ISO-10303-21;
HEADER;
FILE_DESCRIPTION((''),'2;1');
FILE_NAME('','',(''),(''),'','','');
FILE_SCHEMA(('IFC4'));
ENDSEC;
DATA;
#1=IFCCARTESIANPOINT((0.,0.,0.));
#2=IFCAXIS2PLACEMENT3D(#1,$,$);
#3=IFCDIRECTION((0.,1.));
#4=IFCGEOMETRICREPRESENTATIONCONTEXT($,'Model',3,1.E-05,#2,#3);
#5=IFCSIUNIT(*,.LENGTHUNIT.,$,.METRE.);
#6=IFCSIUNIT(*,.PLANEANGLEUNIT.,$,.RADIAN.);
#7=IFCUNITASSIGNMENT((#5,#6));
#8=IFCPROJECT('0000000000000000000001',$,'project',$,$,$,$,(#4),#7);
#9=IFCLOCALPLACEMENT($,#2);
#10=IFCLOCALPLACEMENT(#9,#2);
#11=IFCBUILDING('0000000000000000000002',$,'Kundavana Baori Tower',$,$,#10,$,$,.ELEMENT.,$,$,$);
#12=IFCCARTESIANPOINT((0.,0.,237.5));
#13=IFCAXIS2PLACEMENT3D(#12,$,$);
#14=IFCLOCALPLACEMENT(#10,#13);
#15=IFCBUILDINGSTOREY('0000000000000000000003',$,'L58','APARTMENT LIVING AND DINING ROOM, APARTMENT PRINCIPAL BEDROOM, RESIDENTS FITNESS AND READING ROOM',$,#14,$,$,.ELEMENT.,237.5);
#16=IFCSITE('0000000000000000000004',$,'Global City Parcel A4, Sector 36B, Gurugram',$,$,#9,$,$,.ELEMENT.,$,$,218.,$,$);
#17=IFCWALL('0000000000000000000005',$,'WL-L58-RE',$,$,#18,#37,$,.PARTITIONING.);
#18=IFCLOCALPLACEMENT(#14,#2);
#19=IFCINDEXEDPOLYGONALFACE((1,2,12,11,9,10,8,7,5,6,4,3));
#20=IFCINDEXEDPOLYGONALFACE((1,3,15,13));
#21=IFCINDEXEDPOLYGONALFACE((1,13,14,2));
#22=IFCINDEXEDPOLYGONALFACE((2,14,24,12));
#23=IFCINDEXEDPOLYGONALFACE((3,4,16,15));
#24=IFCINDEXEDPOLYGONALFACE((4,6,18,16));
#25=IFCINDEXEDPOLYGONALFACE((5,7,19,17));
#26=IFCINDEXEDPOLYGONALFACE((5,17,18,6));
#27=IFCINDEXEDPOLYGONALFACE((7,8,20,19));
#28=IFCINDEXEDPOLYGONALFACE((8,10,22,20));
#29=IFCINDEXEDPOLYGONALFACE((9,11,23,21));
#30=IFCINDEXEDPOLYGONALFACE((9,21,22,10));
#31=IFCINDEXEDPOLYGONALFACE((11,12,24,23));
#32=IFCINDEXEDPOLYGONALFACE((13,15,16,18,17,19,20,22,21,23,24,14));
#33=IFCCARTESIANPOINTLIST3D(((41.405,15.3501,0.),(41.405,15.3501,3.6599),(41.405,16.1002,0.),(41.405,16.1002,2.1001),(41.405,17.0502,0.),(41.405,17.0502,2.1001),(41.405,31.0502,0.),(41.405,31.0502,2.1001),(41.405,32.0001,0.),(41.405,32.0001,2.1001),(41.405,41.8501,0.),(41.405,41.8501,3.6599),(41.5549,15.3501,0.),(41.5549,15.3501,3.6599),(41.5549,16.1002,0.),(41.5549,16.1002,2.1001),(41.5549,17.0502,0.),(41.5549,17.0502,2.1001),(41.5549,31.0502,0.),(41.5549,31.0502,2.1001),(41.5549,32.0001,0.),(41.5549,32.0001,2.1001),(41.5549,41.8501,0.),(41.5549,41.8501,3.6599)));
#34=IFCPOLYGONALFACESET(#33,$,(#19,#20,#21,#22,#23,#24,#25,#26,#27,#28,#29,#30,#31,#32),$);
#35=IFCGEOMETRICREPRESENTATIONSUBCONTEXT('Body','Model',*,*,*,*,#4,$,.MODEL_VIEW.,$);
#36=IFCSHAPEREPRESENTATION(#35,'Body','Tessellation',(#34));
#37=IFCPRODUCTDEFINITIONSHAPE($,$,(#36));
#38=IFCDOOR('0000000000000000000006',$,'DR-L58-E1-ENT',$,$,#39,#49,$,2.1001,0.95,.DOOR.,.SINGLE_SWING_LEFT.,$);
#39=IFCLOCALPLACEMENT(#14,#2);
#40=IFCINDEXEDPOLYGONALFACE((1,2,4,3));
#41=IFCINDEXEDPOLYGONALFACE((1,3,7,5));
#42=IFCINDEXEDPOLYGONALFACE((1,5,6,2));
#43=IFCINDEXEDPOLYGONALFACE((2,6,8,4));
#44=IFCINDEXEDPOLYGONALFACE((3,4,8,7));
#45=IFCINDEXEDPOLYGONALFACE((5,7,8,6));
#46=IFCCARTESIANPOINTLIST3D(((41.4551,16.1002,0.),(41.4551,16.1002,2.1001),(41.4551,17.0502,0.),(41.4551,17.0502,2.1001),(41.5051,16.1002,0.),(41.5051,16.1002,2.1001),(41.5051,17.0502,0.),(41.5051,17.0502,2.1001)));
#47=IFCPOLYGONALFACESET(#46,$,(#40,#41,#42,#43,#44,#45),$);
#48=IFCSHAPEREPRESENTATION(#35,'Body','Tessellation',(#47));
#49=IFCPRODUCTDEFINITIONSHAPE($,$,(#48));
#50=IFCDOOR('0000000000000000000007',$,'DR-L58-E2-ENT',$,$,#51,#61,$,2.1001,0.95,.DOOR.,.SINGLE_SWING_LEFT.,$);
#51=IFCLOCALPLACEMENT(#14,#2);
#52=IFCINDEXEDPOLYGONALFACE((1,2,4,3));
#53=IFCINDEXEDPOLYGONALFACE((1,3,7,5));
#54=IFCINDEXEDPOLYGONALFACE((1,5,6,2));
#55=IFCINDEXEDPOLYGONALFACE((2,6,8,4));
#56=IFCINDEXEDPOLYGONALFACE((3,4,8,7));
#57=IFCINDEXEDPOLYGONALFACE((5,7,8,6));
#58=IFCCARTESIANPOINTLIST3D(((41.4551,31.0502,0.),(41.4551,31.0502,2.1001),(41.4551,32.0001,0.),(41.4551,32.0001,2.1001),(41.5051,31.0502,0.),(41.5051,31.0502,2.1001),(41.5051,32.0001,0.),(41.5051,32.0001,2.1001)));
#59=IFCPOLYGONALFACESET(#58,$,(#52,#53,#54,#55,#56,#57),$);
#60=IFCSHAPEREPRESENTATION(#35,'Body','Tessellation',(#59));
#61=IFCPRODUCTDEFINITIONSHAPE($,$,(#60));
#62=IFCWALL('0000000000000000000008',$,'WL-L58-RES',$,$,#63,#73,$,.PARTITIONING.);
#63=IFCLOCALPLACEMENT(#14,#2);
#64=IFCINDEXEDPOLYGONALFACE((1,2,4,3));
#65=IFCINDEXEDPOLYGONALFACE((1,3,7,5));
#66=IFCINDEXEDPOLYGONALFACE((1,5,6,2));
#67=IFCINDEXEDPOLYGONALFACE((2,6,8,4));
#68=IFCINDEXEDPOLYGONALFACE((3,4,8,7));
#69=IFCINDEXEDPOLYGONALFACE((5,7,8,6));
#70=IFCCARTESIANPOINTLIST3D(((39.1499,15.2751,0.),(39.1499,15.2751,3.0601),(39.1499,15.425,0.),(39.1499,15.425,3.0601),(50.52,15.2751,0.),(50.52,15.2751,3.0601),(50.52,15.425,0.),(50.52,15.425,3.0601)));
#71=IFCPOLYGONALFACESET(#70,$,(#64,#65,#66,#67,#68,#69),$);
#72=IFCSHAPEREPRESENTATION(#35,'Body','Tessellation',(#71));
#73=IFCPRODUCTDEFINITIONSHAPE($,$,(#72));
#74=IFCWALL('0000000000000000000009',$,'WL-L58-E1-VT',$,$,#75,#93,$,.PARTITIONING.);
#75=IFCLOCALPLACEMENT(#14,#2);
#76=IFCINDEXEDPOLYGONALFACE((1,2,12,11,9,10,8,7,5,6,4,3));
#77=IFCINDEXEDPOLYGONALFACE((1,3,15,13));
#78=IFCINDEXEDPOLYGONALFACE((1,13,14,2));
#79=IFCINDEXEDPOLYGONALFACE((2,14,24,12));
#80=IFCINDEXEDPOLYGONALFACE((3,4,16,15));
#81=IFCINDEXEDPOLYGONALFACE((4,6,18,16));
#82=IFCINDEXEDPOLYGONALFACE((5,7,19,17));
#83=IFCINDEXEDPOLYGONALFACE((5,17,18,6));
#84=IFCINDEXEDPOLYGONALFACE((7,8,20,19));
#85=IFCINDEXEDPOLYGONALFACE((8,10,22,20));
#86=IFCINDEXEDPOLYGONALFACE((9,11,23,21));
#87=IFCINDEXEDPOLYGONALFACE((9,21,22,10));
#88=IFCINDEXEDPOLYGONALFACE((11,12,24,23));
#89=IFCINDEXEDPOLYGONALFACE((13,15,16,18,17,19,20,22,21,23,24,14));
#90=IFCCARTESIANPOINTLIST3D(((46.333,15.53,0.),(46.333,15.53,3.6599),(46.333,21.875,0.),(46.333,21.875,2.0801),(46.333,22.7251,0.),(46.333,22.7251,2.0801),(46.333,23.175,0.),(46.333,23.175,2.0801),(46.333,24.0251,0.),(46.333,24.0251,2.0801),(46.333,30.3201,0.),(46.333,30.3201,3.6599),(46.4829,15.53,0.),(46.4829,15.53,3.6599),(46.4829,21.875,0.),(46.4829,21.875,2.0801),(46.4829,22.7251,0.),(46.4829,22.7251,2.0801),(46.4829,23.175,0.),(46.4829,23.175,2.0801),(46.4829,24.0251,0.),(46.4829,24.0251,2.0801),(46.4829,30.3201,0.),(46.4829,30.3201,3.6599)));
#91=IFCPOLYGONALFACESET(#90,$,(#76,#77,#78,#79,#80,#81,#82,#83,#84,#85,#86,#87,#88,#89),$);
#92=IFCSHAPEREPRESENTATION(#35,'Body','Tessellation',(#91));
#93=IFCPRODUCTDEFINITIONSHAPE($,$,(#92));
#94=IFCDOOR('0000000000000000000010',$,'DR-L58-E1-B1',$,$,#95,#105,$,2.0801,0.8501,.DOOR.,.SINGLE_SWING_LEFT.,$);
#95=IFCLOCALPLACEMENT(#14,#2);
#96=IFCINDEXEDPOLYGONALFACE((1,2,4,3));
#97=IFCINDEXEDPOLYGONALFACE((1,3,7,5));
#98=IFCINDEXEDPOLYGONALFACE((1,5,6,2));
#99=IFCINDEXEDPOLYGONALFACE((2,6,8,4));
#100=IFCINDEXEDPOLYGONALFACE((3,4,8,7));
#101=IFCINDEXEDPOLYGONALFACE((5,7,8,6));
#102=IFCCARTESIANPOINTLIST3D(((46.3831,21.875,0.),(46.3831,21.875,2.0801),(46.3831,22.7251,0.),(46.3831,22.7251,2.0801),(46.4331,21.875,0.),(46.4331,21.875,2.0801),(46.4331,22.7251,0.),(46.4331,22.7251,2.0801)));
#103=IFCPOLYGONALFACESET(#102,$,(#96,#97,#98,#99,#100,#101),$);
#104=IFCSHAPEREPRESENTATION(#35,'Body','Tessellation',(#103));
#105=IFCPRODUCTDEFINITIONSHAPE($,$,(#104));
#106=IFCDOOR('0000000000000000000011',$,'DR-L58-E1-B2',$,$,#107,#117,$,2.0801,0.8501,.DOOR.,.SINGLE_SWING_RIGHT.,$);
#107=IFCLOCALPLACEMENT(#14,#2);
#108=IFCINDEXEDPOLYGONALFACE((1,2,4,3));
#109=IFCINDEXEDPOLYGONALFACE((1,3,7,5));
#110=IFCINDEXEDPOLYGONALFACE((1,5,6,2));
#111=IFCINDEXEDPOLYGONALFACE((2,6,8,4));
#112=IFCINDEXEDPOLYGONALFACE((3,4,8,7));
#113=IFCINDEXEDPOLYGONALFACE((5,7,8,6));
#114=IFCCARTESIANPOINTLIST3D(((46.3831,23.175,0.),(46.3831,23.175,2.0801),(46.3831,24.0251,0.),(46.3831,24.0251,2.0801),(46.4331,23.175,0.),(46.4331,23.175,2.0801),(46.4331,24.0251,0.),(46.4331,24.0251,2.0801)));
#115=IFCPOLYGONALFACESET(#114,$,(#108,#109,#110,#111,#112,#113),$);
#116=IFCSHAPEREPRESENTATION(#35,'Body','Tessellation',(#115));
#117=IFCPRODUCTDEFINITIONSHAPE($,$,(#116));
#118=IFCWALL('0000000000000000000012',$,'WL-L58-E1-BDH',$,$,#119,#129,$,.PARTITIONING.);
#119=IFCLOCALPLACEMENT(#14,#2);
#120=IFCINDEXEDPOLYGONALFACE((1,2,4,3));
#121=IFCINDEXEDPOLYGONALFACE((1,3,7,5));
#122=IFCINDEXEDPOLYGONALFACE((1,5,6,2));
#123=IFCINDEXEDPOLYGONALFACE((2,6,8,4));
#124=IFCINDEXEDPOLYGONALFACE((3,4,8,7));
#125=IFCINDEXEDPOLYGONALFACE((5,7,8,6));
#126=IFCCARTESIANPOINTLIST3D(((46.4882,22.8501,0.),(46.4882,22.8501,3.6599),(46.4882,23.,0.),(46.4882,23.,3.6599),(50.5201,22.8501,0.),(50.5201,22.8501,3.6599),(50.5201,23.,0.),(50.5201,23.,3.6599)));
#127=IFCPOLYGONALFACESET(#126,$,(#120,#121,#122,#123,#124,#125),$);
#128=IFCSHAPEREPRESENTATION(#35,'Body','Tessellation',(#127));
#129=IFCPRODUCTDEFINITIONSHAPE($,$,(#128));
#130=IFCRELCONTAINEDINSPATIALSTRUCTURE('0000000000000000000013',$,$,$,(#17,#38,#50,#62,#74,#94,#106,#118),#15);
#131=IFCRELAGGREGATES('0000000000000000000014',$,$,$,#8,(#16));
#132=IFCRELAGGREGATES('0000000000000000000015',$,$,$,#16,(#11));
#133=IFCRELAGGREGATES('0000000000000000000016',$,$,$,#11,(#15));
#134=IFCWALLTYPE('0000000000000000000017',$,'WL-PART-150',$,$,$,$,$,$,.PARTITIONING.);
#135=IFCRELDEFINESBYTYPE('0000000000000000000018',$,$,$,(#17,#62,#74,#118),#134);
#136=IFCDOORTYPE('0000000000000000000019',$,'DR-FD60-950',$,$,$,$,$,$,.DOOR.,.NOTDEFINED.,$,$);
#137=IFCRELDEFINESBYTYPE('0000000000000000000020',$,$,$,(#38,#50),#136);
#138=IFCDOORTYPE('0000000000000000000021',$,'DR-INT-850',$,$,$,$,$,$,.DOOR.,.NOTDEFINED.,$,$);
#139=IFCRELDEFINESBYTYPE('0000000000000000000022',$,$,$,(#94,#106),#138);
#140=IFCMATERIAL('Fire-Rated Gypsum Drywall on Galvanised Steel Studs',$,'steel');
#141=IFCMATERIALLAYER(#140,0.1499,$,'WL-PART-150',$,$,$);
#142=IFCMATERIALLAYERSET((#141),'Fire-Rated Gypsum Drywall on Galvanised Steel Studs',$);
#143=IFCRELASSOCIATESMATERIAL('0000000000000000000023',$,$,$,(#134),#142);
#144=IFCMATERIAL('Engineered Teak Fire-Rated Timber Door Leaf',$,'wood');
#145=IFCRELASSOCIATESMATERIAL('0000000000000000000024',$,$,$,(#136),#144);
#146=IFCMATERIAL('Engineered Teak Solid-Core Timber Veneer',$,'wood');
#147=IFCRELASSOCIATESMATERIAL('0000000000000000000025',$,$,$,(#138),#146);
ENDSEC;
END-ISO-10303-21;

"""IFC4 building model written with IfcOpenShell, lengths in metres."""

from ifc_helpers import new_model, si_unit, direction, frame, frame_2d, origin, place, context, subcontext, project, spatial, rectangle, extrude, material, layer, layer_set, type_object, element, fill, save


model = new_model("IFC4")

# Units and contexts
model_context = context("Model", 3, precision=1e-05, world=origin(), true_north=direction((0.0, 1.0)))
body_context = subcontext(model_context, "Body", "Model", "MODEL_VIEW")
ifc_project = project(units=[si_unit("LENGTHUNIT", "METRE"), si_unit("PLANEANGLEUNIT", "RADIAN")], contexts=[model_context])

# Site, building, storey
site_placement = place(None, origin())
site = spatial("IfcSite", under=ifc_project, at=site_placement, Name="Global City Parcel A4, Sector 36B, Gurugram", CompositionType="ELEMENT", RefElevation=218.0)
building_placement = place(site_placement, origin())
building = spatial("IfcBuilding", under=site, at=building_placement, Name="Kundavana Baori Tower", CompositionType="ELEMENT")
storey_placement = place(building_placement, frame((0.0, 0.0, 237.5)))
storey = spatial("IfcBuildingStorey", under=building, at=storey_placement, Name="L58", Description="APARTMENT LIVING AND DINING ROOM, APARTMENT PRINCIPAL BEDROOM, RESIDENTS FITNESS AND READING ROOM", CompositionType="ELEMENT", Elevation=237.5)

# Wall, openings, doors
ifc_material_1 = material(Name="Fire-Rated Gypsum Drywall on Galvanised Steel Studs", Category="steel")
ifc_layer_1 = layer(ifc_material_1, 0.1499, Name="WL-PART-150")
ifc_layer_set_1 = layer_set([ifc_layer_1], Name="Fire-Rated Gypsum Drywall on Galvanised Steel Studs")
wall_type_1 = type_object("IfcWallType", Name="WL-PART-150", PredefinedType="PARTITIONING", material=ifc_layer_set_1)
wall_1_placement = place(storey_placement, frame((41.48, 15.3501, 0.0), z_axis=(0.0, 0.0, 1.0), x_axis=(0.0, 1.0, 0.0)))
wall_1 = element("IfcWall", 1, at=wall_1_placement, inside=storey, type_object=wall_type_1, Name="WL-L58-RE", PredefinedType="PARTITIONING", context=body_context, shape_type="SweptSolid", body=[
    extrude(rectangle(XDim=26.5, YDim=0.1499, at=frame_2d((13.25, 0.0))), origin(), (0.0, 0.0, 1.0), 3.6599),
])
opening_1_placement = place(wall_1_placement, frame((0.75, 0.0, 0.0)))
opening_1 = element("IfcOpeningElement", 2, at=opening_1_placement, cuts=wall_1, PredefinedType="OPENING", context=body_context, shape_type="SweptSolid", body=[
    extrude(rectangle(XDim=0.95, YDim=2.1001, at=frame_2d((0.4751, 1.05))), frame((0.0, 0.085, 0.0), z_axis=(0.0, -1.0, 0.0), x_axis=(1.0, 0.0, 0.0)), (0.0, 0.0, 1.0), 0.1699),
])
opening_2_placement = place(wall_1_placement, frame((15.7, 0.0, 0.0)))
opening_2 = element("IfcOpeningElement", 3, at=opening_2_placement, cuts=wall_1, PredefinedType="OPENING", context=body_context, shape_type="SweptSolid", body=[
    extrude(rectangle(XDim=0.95, YDim=2.1001, at=frame_2d((0.4751, 1.05))), frame((0.0, 0.085, 0.0), z_axis=(0.0, -1.0, 0.0), x_axis=(1.0, 0.0, 0.0)), (0.0, 0.0, 1.0), 0.1699),
])
ifc_material_2 = material(Name="Engineered Teak Fire-Rated Timber Door Leaf", Category="wood")
door_type_1 = type_object("IfcDoorType", Name="DR-FD60-950", OperationType="NOTDEFINED", PredefinedType="DOOR", material=ifc_material_2)
door_1_placement = place(opening_1_placement, origin())
door_1 = element("IfcDoor", 4, at=door_1_placement, inside=storey, type_object=door_type_1, Name="DR-L58-E1-ENT", OperationType="SINGLE_SWING_LEFT", OverallHeight=2.1001, OverallWidth=0.95, PredefinedType="DOOR", context=body_context, shape_type="SweptSolid", body=[
    extrude(rectangle(XDim=0.95, YDim=2.1001, at=frame_2d((0.4751, 1.05))), frame((0.0, 0.0249, 0.0), z_axis=(0.0, -1.0, 0.0), x_axis=(1.0, 0.0, 0.0)), (0.0, 0.0, 1.0), 0.05),
])
fill(opening_1, door_1)
door_2_placement = place(opening_2_placement, origin())
door_2 = element("IfcDoor", 5, at=door_2_placement, inside=storey, type_object=door_type_1, Name="DR-L58-E2-ENT", OperationType="SINGLE_SWING_LEFT", OverallHeight=2.1001, OverallWidth=0.95, PredefinedType="DOOR", context=body_context, shape_type="SweptSolid", body=[
    extrude(rectangle(XDim=0.95, YDim=2.1001, at=frame_2d((0.4751, 1.05))), frame((0.0, 0.0249, 0.0), z_axis=(0.0, -1.0, 0.0), x_axis=(1.0, 0.0, 0.0)), (0.0, 0.0, 1.0), 0.05),
])
fill(opening_2, door_2)

# Wall
wall_2_placement = place(storey_placement, frame((39.1499, 15.3501, 0.0), z_axis=(0.0, 0.0, 1.0), x_axis=(1.0, 0.0, 0.0)))
element("IfcWall", 6, at=wall_2_placement, inside=storey, type_object=wall_type_1, Name="WL-L58-RES", PredefinedType="PARTITIONING", context=body_context, shape_type="SweptSolid", body=[
    extrude(rectangle(XDim=11.3701, YDim=0.1499, at=frame_2d((5.6851, 0.0))), origin(), (0.0, 0.0, 1.0), 3.0601),
])

# Wall, openings, doors
wall_3_placement = place(storey_placement, frame((46.408, 15.53, 0.0), z_axis=(0.0, 0.0, 1.0), x_axis=(0.0, 1.0, 0.0)))
wall_3 = element("IfcWall", 7, at=wall_3_placement, inside=storey, type_object=wall_type_1, Name="WL-L58-E1-VT", PredefinedType="PARTITIONING", context=body_context, shape_type="SweptSolid", body=[
    extrude(rectangle(XDim=14.79, YDim=0.1499, at=frame_2d((7.395, 0.0))), origin(), (0.0, 0.0, 1.0), 3.6599),
])
opening_3_placement = place(wall_3_placement, frame((6.345, 0.0, 0.0)))
opening_3 = element("IfcOpeningElement", 8, at=opening_3_placement, cuts=wall_3, PredefinedType="OPENING", context=body_context, shape_type="SweptSolid", body=[
    extrude(rectangle(XDim=0.8501, YDim=2.0801, at=frame_2d((0.425, 1.04))), frame((0.0, 0.085, 0.0), z_axis=(0.0, -1.0, 0.0), x_axis=(1.0, 0.0, 0.0)), (0.0, 0.0, 1.0), 0.1699),
])
opening_4_placement = place(wall_3_placement, frame((7.645, 0.0, 0.0)))
opening_4 = element("IfcOpeningElement", 9, at=opening_4_placement, cuts=wall_3, PredefinedType="OPENING", context=body_context, shape_type="SweptSolid", body=[
    extrude(rectangle(XDim=0.8501, YDim=2.0801, at=frame_2d((0.425, 1.04))), frame((0.0, 0.085, 0.0), z_axis=(0.0, -1.0, 0.0), x_axis=(1.0, 0.0, 0.0)), (0.0, 0.0, 1.0), 0.1699),
])
ifc_material_3 = material(Name="Engineered Teak Solid-Core Timber Veneer", Category="wood")
door_type_2 = type_object("IfcDoorType", Name="DR-INT-850", OperationType="NOTDEFINED", PredefinedType="DOOR", material=ifc_material_3)
door_3_placement = place(opening_3_placement, origin())
door_3 = element("IfcDoor", 10, at=door_3_placement, inside=storey, type_object=door_type_2, Name="DR-L58-E1-B1", OperationType="SINGLE_SWING_LEFT", OverallHeight=2.0801, OverallWidth=0.8501, PredefinedType="DOOR", context=body_context, shape_type="SweptSolid", body=[
    extrude(rectangle(XDim=0.8501, YDim=2.0801, at=frame_2d((0.425, 1.04))), frame((0.0, 0.0249, 0.0), z_axis=(0.0, -1.0, 0.0), x_axis=(1.0, 0.0, 0.0)), (0.0, 0.0, 1.0), 0.05),
])
fill(opening_3, door_3)
door_4_placement = place(opening_4_placement, origin())
door_4 = element("IfcDoor", 11, at=door_4_placement, inside=storey, type_object=door_type_2, Name="DR-L58-E1-B2", OperationType="SINGLE_SWING_RIGHT", OverallHeight=2.0801, OverallWidth=0.8501, PredefinedType="DOOR", context=body_context, shape_type="SweptSolid", body=[
    extrude(rectangle(XDim=0.8501, YDim=2.0801, at=frame_2d((0.425, 1.04))), frame((0.0, 0.0249, 0.0), z_axis=(0.0, -1.0, 0.0), x_axis=(1.0, 0.0, 0.0)), (0.0, 0.0, 1.0), 0.05),
])
fill(opening_4, door_4)

# Wall
wall_4_placement = place(storey_placement, frame((46.488, 22.925, 0.0), z_axis=(0.0, 0.0, 1.0), x_axis=(1.0, 0.0, 0.0)))
element("IfcWall", 12, at=wall_4_placement, inside=storey, type_object=wall_type_1, Name="WL-L58-E1-BDH", PredefinedType="PARTITIONING", context=body_context, shape_type="SweptSolid", body=[
    extrude(rectangle(XDim=4.032, YDim=0.1499, at=frame_2d((2.0161, 0.0))), origin(), (0.0, 0.0, 1.0), 3.6599),
])

save(model, "model.ifc")
